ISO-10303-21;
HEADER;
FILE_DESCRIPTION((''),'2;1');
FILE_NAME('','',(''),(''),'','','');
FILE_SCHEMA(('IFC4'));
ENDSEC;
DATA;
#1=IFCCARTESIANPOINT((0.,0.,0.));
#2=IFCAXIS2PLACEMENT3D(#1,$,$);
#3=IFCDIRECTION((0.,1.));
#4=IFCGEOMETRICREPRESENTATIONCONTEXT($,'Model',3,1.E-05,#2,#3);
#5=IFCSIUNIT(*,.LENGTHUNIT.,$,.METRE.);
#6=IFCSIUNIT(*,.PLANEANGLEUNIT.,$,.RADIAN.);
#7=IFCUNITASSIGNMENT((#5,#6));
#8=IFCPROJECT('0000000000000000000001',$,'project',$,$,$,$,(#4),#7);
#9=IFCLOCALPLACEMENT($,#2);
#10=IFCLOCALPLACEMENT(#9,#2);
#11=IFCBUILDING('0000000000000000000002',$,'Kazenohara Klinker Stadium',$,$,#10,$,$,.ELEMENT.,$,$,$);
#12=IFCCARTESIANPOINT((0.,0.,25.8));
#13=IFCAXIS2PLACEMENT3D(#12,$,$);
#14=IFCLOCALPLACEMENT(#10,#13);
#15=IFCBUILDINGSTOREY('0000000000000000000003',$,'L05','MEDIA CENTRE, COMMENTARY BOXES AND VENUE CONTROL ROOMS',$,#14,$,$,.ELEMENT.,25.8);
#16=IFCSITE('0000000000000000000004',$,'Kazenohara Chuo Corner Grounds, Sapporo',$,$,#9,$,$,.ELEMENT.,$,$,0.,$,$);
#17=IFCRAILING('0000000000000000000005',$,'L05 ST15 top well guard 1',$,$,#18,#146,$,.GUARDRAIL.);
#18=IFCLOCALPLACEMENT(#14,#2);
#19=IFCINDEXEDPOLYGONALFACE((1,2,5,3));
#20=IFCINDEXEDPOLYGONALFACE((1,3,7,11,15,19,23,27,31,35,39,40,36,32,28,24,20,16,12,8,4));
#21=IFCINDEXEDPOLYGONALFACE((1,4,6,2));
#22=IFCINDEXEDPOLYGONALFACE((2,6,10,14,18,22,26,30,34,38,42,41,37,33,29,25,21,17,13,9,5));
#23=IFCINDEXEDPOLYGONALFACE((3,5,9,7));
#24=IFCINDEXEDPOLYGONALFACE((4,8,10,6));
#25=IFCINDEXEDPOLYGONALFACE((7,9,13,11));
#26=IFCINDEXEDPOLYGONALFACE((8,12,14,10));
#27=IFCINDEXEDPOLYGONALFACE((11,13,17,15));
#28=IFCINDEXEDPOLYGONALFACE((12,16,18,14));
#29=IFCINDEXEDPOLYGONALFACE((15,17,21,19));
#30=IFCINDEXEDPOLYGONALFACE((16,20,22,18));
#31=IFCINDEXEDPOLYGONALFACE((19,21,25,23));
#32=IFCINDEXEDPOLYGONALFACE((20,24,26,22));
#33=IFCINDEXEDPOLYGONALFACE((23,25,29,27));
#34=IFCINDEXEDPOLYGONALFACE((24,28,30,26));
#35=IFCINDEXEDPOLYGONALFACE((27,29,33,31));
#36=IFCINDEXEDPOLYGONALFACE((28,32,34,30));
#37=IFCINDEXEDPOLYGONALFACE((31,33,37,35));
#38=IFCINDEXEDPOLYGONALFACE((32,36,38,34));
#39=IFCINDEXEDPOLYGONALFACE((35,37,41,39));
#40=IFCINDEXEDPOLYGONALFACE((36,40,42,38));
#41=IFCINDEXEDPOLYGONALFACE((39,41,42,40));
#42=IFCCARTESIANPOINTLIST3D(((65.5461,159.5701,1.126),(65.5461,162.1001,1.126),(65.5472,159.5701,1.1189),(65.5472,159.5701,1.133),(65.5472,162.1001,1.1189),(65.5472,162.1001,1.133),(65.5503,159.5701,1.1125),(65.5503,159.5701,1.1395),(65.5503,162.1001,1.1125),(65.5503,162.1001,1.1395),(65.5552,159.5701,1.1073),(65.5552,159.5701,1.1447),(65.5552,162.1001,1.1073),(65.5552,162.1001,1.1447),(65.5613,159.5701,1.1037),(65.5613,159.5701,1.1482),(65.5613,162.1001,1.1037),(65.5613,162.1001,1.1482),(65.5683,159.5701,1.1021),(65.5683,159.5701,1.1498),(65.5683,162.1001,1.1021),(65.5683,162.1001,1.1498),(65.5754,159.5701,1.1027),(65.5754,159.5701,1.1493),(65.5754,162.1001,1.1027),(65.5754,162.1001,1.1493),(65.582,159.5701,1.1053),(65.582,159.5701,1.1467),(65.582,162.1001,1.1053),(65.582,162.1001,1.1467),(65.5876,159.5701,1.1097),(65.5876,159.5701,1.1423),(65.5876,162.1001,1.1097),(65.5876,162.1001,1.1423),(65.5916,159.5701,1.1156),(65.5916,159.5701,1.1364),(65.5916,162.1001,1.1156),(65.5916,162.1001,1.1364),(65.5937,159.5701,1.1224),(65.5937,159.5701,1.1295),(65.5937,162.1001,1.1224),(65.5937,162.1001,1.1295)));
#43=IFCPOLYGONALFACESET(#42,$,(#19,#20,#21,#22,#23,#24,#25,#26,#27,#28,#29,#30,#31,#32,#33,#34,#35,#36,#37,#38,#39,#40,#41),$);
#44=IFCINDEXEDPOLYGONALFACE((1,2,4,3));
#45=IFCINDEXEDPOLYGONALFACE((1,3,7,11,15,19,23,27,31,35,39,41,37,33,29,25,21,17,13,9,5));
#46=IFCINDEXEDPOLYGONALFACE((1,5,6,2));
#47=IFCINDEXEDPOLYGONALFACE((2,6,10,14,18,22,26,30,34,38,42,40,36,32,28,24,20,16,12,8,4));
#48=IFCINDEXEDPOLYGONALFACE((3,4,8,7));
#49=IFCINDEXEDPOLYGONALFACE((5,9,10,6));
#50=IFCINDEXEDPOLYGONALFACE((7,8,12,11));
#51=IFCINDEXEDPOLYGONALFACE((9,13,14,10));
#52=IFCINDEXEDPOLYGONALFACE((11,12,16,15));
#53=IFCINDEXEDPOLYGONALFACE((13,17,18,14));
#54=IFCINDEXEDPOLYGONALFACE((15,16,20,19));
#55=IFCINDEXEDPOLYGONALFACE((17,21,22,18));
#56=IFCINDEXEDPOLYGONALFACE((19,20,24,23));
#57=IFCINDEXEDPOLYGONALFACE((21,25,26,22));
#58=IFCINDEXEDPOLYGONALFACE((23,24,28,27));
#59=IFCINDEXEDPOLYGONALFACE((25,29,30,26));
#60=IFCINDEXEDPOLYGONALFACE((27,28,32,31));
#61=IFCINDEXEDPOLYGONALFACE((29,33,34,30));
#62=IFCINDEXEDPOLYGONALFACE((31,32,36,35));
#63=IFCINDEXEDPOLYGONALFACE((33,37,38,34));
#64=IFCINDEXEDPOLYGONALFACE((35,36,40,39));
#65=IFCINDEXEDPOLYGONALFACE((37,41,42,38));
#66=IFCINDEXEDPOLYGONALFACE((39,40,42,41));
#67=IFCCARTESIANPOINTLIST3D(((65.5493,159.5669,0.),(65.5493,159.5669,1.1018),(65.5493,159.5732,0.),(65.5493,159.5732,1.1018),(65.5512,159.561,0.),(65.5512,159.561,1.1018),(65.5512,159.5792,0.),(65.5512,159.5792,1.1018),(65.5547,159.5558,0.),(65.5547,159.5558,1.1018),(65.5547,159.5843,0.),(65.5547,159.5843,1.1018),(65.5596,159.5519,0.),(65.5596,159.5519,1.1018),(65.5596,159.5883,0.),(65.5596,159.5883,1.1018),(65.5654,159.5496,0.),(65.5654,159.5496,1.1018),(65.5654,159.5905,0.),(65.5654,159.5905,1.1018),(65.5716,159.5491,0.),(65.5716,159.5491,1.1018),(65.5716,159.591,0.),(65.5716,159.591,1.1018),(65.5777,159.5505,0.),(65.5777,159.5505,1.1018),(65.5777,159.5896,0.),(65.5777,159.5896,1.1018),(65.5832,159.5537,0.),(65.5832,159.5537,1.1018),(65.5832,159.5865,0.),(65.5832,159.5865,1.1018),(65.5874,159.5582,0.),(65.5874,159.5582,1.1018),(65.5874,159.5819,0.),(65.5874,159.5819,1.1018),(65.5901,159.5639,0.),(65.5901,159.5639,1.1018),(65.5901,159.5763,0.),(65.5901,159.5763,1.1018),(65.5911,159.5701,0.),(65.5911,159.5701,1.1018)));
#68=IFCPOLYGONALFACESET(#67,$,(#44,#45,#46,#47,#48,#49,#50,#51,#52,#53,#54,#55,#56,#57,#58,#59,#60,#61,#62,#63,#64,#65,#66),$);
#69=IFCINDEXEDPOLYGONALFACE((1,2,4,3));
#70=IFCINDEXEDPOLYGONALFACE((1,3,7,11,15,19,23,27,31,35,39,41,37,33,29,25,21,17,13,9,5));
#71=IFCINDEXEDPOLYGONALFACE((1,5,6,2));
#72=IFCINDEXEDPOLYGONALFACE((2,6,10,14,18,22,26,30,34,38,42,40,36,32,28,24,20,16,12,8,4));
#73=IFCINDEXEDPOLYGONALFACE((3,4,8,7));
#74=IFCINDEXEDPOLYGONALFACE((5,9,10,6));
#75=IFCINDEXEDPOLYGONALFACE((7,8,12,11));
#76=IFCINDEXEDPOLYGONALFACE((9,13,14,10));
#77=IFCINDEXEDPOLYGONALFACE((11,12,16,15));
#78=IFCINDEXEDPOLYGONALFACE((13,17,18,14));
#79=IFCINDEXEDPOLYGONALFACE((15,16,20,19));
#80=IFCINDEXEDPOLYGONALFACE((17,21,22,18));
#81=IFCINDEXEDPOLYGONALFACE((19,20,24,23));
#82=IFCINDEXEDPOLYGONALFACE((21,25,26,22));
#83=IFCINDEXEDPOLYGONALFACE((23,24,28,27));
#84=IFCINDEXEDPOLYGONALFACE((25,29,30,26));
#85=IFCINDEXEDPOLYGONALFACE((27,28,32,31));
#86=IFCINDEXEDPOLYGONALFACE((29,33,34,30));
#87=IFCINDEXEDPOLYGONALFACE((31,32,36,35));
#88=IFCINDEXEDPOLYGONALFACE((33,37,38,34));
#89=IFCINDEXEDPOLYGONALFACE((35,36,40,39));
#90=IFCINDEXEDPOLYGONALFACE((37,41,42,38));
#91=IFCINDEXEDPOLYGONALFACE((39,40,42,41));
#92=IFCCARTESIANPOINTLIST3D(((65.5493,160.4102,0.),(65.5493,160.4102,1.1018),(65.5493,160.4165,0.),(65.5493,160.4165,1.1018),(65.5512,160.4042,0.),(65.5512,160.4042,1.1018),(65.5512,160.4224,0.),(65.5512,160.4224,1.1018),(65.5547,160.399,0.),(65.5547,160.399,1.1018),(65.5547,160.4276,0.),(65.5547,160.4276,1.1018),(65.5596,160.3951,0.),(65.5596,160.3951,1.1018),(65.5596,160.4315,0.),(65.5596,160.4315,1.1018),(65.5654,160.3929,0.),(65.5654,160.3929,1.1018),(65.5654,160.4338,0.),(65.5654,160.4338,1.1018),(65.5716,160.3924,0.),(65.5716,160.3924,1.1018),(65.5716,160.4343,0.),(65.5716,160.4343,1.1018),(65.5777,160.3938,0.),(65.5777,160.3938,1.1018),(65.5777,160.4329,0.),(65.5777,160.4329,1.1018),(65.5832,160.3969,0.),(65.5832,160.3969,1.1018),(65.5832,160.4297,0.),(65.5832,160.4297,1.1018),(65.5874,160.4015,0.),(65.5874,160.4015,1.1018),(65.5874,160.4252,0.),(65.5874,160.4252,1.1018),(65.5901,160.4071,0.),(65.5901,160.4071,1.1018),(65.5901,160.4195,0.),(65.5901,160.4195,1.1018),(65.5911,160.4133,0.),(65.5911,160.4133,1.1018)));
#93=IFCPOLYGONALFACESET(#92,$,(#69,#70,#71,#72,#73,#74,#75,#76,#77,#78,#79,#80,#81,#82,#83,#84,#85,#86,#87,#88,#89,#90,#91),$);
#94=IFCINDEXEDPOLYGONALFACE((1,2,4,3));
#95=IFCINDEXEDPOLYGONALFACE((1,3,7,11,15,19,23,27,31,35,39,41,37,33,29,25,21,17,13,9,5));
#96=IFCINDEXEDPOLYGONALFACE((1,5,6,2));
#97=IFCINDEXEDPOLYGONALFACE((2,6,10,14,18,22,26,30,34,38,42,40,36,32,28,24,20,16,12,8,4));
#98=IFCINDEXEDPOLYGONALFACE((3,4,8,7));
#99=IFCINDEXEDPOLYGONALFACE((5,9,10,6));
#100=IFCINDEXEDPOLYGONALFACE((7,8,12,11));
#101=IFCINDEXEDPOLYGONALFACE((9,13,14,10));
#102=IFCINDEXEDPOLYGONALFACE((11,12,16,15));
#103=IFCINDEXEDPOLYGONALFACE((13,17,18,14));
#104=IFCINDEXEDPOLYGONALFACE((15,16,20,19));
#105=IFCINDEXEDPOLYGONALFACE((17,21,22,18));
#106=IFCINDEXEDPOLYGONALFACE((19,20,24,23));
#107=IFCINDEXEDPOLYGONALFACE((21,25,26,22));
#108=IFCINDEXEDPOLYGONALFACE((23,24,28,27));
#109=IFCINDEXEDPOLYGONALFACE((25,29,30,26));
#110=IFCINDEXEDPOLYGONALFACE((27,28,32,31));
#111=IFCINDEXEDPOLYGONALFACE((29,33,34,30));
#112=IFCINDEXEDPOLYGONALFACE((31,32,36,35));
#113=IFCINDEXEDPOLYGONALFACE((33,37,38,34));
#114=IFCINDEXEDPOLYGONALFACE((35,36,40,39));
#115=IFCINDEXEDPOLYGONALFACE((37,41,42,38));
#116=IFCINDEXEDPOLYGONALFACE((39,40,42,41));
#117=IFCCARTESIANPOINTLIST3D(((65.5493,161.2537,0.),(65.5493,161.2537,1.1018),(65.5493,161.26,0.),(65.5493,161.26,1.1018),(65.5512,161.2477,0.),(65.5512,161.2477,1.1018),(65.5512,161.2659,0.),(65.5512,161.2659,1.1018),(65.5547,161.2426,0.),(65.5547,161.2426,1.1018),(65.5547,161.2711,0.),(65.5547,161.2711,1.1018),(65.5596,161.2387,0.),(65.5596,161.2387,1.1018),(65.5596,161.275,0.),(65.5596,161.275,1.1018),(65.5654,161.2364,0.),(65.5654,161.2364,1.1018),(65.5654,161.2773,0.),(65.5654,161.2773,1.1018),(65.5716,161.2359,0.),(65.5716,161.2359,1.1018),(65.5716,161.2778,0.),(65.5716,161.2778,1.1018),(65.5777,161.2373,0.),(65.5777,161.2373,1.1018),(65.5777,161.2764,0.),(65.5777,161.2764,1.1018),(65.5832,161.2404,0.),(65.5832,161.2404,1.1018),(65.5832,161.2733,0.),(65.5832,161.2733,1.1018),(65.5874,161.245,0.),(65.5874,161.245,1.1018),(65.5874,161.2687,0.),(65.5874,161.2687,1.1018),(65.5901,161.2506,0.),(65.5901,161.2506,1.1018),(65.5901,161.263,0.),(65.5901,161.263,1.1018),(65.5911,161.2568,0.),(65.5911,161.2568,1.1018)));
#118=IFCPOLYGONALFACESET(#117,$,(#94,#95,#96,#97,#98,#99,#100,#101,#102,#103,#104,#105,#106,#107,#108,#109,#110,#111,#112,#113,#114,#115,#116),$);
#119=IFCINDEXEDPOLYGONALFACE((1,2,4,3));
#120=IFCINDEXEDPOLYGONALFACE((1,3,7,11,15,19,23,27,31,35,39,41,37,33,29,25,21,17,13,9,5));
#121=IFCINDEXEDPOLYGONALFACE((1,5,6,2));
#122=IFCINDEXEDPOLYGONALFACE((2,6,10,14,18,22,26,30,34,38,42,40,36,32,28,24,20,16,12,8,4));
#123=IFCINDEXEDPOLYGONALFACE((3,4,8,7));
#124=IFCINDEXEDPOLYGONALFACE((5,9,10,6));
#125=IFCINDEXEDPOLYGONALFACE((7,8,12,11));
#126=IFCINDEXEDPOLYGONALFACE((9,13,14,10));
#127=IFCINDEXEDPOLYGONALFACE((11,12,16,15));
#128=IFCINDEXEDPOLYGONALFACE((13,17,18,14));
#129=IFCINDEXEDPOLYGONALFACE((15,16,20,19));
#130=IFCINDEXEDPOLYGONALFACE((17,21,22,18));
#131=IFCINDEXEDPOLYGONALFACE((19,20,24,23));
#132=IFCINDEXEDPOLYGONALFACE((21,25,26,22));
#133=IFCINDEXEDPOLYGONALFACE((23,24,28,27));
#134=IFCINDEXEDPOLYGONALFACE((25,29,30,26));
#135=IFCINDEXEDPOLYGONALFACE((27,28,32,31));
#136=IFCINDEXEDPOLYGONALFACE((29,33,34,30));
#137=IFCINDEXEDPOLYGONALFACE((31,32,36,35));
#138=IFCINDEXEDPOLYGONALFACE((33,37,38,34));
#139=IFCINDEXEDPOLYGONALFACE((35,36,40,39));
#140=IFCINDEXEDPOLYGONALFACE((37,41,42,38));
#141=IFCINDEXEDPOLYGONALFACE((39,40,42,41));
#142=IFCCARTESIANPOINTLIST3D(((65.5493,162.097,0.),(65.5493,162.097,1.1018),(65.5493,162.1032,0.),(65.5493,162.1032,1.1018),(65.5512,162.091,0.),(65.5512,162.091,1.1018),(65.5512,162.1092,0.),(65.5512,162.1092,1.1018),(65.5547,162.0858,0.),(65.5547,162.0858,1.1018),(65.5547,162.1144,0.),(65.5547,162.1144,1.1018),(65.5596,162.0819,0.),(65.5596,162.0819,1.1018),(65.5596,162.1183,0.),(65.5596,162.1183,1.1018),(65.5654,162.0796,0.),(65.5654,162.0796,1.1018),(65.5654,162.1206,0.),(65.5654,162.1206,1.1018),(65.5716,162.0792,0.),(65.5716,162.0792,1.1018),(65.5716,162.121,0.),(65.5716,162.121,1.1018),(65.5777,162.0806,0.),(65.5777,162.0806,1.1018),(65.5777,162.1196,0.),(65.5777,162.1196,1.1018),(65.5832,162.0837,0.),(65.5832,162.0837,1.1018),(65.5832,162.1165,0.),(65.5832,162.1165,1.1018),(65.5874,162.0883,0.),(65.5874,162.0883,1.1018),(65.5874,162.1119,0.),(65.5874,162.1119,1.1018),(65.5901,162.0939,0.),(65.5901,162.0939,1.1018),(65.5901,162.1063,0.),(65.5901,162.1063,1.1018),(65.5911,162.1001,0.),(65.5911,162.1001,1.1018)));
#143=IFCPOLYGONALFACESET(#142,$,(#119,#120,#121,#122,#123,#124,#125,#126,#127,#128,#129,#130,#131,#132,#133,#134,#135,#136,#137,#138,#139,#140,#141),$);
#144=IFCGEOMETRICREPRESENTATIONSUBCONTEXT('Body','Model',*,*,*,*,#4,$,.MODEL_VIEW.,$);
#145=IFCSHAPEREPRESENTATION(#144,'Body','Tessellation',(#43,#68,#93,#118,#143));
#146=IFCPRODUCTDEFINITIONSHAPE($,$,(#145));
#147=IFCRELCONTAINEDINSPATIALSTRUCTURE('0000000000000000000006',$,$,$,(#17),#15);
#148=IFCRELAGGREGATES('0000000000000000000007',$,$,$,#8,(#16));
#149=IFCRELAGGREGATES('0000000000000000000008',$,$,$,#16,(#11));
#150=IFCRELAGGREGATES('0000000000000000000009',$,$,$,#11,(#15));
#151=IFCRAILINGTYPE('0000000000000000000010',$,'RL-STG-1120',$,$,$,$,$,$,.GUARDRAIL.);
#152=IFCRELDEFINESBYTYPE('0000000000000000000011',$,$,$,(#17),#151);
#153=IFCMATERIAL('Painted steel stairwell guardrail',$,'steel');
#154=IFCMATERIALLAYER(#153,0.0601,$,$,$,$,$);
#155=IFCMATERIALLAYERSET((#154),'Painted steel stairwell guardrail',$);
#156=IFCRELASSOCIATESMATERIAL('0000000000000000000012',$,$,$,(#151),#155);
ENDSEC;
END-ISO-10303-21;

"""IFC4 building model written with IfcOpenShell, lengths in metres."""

from ifc_helpers import new_model, si_unit, direction, frame, origin, origin_2d, place, context, subcontext, project, spatial, circle, extrude, material, layer, layer_set, type_object, element, save


model = new_model("IFC4")

# Units and contexts
model_context = context("Model", 3, precision=1e-05, world=origin(), true_north=direction((0.0, 1.0)))
body_context = subcontext(model_context, "Body", "Model", "MODEL_VIEW")
ifc_project = project(units=[si_unit("LENGTHUNIT", "METRE"), si_unit("PLANEANGLEUNIT", "RADIAN")], contexts=[model_context])

# Site, building, storey
site_placement = place(None, origin())
site = spatial("IfcSite", under=ifc_project, at=site_placement, Name="Kazenohara Chuo Corner Grounds, Sapporo", CompositionType="ELEMENT", RefElevation=0.0)
building_placement = place(site_placement, origin())
building = spatial("IfcBuilding", under=site, at=building_placement, Name="Kazenohara Klinker Stadium", CompositionType="ELEMENT")
storey_placement = place(building_placement, frame((0.0, 0.0, 25.8)))
storey = spatial("IfcBuildingStorey", under=building, at=storey_placement, Name="L05", Description="MEDIA CENTRE, COMMENTARY BOXES AND VENUE CONTROL ROOMS", CompositionType="ELEMENT", Elevation=25.8)

# Railing
ifc_material_1 = material(Name="Painted steel stairwell guardrail", Category="steel")
ifc_layer_1 = layer(ifc_material_1, 0.0601)
ifc_layer_set_1 = layer_set([ifc_layer_1], Name="Painted steel stairwell guardrail")
railing_type = type_object("IfcRailingType", Name="RL-STG-1120", PredefinedType="GUARDRAIL", material=ifc_layer_set_1)
railing_1_placement = place(storey_placement, frame((65.5701, 159.5701, 0.0)))
element("IfcRailing", 1, at=railing_1_placement, inside=storey, type_object=railing_type, Name="L05 ST15 top well guard 1", PredefinedType="GUARDRAIL", context=body_context, shape_type="SweptSolid", body=[
    extrude(circle(Radius=0.0239, at=origin_2d()), frame((0.0, 0.0, 1.126), z_axis=(0.0, 1.0, 0.0), x_axis=(-1.0, 0.0, 0.0)), (0.0, 0.0, 1.0), 2.53),
    extrude(circle(Radius=0.021, at=origin_2d()), origin(), (0.0, 0.0, 1.0), 1.1018),
    extrude(circle(Radius=0.021, at=origin_2d()), frame((0.0, 0.8433, 0.0)), (0.0, 0.0, 1.0), 1.1018),
    extrude(circle(Radius=0.021, at=origin_2d()), frame((0.0, 1.6868, 0.0)), (0.0, 0.0, 1.0), 1.1018),
    extrude(circle(Radius=0.021, at=origin_2d()), frame((0.0, 2.53, 0.0)), (0.0, 0.0, 1.0), 1.1018),
])

save(model, "model.ifc")
